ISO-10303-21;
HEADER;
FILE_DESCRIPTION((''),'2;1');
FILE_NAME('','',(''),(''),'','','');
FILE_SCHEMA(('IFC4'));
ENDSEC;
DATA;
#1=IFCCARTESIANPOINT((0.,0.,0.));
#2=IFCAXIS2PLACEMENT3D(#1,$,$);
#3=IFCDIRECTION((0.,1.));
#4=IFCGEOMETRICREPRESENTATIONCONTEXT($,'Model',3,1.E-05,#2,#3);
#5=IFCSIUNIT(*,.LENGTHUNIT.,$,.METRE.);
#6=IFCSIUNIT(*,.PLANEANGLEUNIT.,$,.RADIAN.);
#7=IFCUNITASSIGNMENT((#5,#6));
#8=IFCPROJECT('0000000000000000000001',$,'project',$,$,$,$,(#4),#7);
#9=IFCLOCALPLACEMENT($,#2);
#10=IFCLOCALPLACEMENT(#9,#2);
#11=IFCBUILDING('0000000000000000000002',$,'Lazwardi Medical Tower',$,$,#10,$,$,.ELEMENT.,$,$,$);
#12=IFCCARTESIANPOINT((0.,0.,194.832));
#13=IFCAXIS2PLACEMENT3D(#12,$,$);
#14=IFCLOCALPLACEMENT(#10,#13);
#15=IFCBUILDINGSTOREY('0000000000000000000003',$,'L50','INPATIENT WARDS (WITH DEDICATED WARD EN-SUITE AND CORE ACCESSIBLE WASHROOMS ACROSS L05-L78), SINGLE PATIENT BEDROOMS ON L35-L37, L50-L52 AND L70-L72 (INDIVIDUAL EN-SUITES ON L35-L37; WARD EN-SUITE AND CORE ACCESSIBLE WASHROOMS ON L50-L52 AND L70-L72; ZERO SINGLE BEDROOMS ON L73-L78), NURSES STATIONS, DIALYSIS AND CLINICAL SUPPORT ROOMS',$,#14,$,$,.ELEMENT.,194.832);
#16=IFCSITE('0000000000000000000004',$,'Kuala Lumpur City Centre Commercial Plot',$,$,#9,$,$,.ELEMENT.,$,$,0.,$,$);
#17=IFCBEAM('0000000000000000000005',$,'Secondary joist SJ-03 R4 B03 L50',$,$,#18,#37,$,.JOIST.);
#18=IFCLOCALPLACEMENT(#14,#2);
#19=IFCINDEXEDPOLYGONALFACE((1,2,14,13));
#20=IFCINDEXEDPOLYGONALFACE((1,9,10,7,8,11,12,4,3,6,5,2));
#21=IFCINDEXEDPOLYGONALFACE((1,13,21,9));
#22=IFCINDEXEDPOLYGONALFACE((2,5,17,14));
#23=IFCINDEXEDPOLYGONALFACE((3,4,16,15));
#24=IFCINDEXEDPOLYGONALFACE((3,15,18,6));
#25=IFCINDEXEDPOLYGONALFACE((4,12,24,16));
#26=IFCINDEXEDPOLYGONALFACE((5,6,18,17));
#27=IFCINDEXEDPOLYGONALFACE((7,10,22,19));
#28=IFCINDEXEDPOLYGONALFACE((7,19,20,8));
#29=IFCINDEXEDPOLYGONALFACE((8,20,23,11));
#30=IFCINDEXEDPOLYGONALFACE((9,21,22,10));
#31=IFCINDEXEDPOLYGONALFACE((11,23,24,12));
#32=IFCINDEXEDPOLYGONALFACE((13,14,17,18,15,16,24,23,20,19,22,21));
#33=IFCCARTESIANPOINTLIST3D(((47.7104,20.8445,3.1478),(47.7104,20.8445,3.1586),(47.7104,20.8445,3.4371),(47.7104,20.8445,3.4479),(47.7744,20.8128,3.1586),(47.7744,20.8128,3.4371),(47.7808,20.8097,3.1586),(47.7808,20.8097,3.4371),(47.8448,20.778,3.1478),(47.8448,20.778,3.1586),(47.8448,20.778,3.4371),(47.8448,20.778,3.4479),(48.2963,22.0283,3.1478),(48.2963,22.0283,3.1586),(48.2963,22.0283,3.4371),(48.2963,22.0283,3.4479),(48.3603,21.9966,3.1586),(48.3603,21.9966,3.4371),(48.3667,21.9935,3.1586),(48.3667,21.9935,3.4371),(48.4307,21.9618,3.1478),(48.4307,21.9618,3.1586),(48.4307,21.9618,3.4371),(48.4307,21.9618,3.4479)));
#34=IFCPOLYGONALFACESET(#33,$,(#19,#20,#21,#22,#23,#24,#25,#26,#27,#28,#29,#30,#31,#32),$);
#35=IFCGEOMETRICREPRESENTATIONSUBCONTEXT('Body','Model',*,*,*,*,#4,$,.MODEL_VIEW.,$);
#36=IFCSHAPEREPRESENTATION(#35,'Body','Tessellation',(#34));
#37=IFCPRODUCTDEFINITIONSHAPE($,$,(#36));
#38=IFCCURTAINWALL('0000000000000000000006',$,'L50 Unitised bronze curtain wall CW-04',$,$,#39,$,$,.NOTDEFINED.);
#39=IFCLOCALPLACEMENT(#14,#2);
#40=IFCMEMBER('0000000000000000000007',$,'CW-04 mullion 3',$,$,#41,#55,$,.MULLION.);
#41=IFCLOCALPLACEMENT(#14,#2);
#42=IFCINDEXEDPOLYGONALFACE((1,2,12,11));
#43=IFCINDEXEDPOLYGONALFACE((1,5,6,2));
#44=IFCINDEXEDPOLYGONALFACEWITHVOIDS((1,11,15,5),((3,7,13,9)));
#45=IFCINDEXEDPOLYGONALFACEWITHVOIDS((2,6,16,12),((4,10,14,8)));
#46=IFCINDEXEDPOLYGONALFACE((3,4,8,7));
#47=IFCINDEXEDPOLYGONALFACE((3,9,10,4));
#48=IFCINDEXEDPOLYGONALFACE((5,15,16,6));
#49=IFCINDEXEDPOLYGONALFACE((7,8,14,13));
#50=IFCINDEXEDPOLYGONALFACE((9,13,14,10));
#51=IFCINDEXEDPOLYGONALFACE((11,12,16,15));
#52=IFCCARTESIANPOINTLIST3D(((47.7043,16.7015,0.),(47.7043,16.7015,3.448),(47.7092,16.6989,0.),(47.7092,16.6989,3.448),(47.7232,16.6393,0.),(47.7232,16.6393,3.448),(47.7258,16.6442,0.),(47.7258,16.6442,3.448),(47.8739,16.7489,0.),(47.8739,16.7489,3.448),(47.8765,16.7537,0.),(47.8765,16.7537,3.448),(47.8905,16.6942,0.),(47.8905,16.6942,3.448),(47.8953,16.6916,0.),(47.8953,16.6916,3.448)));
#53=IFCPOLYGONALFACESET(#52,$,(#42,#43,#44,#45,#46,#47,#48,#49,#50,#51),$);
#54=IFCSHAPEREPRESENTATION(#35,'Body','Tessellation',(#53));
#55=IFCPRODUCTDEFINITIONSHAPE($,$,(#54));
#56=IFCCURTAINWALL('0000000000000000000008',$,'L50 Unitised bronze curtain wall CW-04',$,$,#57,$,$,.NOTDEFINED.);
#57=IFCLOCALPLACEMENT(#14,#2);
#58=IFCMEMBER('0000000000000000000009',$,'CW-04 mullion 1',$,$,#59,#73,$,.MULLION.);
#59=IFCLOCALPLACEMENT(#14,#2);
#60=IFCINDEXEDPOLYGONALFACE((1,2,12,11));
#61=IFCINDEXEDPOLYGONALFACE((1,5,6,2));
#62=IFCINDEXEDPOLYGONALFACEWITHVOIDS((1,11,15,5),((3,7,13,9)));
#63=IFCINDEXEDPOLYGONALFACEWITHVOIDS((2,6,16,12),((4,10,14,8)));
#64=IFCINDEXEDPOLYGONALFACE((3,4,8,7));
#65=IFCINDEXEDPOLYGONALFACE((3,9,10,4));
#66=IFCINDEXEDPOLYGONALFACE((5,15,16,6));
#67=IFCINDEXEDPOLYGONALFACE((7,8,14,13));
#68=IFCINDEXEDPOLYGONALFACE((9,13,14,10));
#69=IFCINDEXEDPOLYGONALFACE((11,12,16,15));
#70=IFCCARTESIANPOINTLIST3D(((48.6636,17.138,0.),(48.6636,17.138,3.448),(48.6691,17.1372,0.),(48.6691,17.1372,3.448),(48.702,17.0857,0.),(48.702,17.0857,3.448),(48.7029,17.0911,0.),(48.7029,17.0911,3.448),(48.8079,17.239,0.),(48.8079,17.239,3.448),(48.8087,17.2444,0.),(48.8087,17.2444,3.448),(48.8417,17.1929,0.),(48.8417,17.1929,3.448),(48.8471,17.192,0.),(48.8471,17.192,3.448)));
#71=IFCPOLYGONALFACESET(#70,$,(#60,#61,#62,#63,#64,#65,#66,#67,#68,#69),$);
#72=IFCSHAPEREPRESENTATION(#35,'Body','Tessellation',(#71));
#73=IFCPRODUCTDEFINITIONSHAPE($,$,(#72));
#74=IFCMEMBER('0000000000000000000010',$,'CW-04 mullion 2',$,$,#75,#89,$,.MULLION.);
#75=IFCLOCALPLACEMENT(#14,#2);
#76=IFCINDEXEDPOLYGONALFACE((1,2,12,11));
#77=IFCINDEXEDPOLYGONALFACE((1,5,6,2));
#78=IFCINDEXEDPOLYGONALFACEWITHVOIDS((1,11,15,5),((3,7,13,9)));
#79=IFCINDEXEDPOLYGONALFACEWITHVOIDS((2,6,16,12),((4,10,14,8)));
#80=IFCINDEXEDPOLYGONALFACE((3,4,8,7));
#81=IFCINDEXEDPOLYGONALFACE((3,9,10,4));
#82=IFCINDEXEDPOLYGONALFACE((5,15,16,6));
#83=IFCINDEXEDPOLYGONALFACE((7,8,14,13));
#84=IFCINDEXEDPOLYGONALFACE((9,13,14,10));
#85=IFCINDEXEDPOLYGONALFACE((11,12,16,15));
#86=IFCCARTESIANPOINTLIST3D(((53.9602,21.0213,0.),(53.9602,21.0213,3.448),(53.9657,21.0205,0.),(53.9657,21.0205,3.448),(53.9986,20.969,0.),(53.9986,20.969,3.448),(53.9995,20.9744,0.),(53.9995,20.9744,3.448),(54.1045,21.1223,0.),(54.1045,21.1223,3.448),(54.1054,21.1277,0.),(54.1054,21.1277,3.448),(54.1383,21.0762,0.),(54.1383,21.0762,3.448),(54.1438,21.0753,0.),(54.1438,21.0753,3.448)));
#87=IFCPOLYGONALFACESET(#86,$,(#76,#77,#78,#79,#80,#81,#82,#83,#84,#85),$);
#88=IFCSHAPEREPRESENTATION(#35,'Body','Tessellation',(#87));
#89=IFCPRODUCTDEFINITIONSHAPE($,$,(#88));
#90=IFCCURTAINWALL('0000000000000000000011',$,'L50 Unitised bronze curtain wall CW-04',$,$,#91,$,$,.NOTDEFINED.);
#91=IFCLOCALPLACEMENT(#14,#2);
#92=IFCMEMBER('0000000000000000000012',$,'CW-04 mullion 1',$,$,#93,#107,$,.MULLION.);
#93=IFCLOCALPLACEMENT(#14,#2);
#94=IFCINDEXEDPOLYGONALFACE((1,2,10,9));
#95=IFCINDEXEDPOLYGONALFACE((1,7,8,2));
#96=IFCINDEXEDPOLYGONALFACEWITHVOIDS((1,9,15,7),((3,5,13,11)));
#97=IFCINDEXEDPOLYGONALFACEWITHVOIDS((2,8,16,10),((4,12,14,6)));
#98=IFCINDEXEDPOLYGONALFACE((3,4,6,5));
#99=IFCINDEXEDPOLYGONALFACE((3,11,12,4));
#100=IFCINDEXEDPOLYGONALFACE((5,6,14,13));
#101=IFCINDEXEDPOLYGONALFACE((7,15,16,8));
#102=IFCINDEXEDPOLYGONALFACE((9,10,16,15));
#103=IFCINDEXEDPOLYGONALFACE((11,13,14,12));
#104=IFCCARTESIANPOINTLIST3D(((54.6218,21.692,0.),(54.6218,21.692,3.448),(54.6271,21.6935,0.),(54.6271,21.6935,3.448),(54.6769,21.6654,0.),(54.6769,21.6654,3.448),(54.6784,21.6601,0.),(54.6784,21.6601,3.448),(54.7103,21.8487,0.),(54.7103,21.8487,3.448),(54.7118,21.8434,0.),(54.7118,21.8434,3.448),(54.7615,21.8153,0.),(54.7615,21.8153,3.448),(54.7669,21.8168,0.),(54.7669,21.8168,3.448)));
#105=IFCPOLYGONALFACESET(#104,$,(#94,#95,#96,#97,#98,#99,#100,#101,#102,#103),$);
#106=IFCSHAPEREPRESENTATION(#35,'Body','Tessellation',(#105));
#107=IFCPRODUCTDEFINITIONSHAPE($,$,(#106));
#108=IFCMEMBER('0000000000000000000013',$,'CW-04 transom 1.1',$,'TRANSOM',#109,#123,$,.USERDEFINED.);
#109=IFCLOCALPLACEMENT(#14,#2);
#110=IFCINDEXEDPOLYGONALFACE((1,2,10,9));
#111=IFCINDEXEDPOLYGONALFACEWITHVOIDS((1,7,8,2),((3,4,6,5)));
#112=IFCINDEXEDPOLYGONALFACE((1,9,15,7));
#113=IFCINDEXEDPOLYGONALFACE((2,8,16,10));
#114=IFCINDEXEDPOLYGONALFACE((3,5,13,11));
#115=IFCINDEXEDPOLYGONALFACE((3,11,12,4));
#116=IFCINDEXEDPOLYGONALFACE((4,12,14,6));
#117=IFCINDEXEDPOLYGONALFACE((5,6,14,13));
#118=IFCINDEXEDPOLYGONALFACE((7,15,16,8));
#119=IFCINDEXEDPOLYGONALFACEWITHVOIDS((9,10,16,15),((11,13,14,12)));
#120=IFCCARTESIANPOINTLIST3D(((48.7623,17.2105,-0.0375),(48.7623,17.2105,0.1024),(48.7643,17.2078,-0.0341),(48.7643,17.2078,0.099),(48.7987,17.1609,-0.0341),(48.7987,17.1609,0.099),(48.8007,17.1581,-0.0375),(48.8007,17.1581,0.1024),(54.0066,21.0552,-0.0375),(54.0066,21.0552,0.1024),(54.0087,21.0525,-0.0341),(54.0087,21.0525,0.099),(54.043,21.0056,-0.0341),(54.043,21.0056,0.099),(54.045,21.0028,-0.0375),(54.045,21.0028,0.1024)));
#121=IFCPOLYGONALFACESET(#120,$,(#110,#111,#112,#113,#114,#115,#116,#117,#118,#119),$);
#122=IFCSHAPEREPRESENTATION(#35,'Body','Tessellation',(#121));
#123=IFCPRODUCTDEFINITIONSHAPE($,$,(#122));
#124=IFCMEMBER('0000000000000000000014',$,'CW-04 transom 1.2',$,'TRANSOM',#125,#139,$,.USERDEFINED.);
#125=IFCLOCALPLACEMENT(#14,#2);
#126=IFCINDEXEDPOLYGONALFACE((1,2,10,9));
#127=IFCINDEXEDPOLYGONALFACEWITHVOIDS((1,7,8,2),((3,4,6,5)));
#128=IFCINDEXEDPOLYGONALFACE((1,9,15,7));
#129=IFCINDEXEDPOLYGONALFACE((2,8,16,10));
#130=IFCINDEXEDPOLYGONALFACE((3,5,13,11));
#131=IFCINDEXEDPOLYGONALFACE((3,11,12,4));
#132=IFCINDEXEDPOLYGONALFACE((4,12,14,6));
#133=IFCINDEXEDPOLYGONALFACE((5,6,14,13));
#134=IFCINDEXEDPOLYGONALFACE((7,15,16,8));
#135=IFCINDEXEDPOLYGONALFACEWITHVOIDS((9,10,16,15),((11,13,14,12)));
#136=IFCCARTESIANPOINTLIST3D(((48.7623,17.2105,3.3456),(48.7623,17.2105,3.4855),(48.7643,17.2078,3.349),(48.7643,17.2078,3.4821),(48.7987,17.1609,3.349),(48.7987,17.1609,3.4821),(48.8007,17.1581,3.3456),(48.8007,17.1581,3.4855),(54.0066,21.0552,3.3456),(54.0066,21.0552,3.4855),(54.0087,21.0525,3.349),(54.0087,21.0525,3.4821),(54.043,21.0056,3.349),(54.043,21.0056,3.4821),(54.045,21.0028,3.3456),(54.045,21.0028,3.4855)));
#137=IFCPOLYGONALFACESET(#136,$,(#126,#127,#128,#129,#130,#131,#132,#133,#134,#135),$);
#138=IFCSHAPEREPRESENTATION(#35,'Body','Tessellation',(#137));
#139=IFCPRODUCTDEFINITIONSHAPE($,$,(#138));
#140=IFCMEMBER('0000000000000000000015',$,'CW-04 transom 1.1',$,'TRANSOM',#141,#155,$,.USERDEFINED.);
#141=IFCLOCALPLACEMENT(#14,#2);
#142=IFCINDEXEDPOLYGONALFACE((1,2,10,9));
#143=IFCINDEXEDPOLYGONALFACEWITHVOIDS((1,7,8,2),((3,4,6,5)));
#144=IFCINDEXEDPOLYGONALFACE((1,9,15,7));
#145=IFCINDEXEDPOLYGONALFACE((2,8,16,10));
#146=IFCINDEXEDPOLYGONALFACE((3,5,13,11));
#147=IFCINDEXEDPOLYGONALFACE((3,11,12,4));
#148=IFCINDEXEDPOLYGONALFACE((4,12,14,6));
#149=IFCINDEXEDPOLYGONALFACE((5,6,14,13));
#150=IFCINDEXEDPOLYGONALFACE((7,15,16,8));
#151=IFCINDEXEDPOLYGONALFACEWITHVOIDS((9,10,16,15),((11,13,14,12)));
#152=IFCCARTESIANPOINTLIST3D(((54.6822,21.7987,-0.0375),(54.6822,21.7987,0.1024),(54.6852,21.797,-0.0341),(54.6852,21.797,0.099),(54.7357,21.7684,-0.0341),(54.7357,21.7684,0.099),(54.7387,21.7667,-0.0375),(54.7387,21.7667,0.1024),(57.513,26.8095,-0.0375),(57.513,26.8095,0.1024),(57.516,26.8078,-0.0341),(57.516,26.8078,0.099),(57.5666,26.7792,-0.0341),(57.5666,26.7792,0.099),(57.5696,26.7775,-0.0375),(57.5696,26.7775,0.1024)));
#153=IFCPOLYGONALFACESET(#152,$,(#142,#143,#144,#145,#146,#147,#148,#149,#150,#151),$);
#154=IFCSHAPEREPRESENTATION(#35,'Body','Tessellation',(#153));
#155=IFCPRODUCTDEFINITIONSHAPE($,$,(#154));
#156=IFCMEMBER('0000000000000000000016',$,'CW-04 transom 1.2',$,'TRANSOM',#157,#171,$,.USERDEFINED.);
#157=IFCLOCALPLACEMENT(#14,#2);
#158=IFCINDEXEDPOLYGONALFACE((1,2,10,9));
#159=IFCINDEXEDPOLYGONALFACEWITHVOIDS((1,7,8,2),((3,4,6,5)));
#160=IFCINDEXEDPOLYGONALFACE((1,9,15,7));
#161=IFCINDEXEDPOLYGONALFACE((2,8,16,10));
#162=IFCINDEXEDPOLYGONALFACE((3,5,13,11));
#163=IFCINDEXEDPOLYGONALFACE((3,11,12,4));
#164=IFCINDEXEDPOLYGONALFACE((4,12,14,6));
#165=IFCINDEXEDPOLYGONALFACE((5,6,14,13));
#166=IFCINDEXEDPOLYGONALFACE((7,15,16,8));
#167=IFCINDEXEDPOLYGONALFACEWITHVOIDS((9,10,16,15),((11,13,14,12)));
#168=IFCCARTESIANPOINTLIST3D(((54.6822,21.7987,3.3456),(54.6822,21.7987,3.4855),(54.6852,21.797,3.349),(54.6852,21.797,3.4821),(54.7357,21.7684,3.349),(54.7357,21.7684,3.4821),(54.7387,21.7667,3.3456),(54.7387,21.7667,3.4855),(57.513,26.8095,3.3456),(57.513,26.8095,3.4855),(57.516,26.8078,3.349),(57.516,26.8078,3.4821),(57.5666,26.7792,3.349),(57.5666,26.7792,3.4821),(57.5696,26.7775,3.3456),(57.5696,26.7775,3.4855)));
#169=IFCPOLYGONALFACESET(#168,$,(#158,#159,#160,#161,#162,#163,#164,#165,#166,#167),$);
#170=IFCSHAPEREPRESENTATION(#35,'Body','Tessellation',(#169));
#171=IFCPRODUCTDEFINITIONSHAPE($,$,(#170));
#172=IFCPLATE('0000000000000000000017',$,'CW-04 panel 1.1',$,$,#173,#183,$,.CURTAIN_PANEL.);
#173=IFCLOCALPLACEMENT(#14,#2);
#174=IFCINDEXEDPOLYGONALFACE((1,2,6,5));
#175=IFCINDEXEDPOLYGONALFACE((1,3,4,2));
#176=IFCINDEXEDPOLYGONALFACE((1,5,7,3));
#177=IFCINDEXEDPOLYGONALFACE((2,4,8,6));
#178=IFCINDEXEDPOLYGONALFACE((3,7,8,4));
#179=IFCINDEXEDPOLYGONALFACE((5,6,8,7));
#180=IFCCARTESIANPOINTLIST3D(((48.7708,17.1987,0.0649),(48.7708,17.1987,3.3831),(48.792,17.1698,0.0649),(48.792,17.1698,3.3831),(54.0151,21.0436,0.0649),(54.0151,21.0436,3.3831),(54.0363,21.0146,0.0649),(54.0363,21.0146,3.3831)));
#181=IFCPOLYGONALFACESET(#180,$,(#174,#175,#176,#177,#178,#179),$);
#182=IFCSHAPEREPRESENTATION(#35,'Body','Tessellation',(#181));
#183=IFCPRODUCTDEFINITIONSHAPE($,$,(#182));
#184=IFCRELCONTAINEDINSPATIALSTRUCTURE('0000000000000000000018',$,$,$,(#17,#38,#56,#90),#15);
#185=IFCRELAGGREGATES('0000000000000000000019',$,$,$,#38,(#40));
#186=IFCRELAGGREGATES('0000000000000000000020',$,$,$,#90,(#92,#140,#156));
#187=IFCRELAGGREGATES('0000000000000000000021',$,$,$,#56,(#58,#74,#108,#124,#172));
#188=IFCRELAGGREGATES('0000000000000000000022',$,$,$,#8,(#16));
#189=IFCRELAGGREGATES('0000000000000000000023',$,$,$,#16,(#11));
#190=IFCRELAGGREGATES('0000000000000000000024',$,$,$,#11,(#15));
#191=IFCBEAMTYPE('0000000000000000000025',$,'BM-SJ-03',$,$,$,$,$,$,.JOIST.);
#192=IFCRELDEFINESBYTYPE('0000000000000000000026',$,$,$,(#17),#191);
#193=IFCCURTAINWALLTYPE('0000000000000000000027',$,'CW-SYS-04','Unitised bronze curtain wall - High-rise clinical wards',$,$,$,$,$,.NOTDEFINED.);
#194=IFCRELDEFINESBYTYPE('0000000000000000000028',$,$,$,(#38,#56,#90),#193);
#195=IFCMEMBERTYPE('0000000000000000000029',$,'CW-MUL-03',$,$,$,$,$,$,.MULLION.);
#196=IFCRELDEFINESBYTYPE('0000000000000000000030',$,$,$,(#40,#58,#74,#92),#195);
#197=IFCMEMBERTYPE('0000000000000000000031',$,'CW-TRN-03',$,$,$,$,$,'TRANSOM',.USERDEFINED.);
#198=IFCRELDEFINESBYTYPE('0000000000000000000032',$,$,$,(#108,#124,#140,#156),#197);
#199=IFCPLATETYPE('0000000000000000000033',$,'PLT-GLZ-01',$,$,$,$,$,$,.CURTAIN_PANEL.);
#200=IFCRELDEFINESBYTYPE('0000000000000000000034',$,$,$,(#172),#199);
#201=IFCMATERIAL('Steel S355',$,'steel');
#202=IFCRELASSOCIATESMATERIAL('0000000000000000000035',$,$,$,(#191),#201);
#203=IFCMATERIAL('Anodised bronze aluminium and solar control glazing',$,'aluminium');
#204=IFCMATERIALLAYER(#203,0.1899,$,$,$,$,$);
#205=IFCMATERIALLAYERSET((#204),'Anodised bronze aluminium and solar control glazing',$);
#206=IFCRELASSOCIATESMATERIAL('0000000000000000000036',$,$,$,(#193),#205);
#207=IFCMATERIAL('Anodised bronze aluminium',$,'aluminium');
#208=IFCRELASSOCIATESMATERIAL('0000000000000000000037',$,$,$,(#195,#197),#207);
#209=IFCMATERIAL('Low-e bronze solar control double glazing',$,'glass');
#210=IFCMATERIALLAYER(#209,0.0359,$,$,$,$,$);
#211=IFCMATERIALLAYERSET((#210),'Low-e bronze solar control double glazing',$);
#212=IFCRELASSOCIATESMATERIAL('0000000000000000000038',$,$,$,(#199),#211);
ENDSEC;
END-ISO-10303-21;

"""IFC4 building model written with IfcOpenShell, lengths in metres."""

from ifc_helpers import new_model, si_unit, direction, frame, origin, origin_2d, place, context, subcontext, project, spatial, rectangle, hollow_rectangle, i_section, extrude, material, layer, layer_set, material_profile, profile_set, type_object, element, aggregate, save


model = new_model("IFC4")

# Units and contexts
model_context = context("Model", 3, precision=1e-05, world=origin(), true_north=direction((0.0, 1.0)))
body_context = subcontext(model_context, "Body", "Model", "MODEL_VIEW")
ifc_project = project(units=[si_unit("LENGTHUNIT", "METRE"), si_unit("PLANEANGLEUNIT", "RADIAN")], contexts=[model_context])

# Site, building, storey
site_placement = place(None, origin())
site = spatial("IfcSite", under=ifc_project, at=site_placement, Name="Kuala Lumpur City Centre Commercial Plot", CompositionType="ELEMENT", RefElevation=0.0)
building_placement = place(site_placement, origin())
building = spatial("IfcBuilding", under=site, at=building_placement, Name="Lazwardi Medical Tower", CompositionType="ELEMENT")
storey_placement = place(building_placement, frame((0.0, 0.0, 194.832)))
storey = spatial("IfcBuildingStorey", under=building, at=storey_placement, Name="L50", Description="INPATIENT WARDS (WITH DEDICATED WARD EN-SUITE AND CORE ACCESSIBLE WASHROOMS ACROSS L05-L78), SINGLE PATIENT BEDROOMS ON L35-L37, L50-L52 AND L70-L72 (INDIVIDUAL EN-SUITES ON L35-L37; WARD EN-SUITE AND CORE ACCESSIBLE WASHROOMS ON L50-L52 AND L70-L72; ZERO SINGLE BEDROOMS ON L73-L78), NURSES STATIONS, DIALYSIS AND CLINICAL SUPPORT ROOMS", CompositionType="ELEMENT", Elevation=194.832)

# Beam
ifc_material_1 = material(Name="Steel S355", Category="steel")
ifc_material_profile_1 = material_profile(ifc_material_1, i_section(OverallWidth=0.1499, OverallDepth=0.3, WebThickness=0.0071, FlangeThickness=0.0107, at=origin_2d()), Name="IPE 300")
ifc_profile_set_1 = profile_set([ifc_material_profile_1], Name="Steel S355")
beam_type_1 = type_object("IfcBeamType", Name="BM-SJ-03", PredefinedType="JOIST", material=ifc_profile_set_1)
beam_1_placement = place(storey_placement, frame((47.7776, 20.8113, 3.2979), z_axis=(0.443587, 0.896231, 0.0), x_axis=(-0.896231, 0.443587, 0.0)))
element("IfcBeam", 1, at=beam_1_placement, inside=storey, type_object=beam_type_1, Name="Secondary joist SJ-03 R4 B03 L50", PredefinedType="JOIST", context=body_context, shape_type="SweptSolid", body=[
    extrude(i_section(OverallWidth=0.1499, OverallDepth=0.3, WebThickness=0.0071, FlangeThickness=0.0107, at=origin_2d()), origin(), (0.0, 0.0, 1.0), 1.3208),
])

# Curtain wall, member
ifc_material_2 = material(Name="Anodised bronze aluminium and solar control glazing", Category="aluminium")
ifc_layer_1 = layer(ifc_material_2, 0.1899)
ifc_layer_set_1 = layer_set([ifc_layer_1], Name="Anodised bronze aluminium and solar control glazing")
curtain_wall_type = type_object("IfcCurtainWallType", Name="CW-SYS-04", Description="Unitised bronze curtain wall - High-rise clinical wards", PredefinedType="NOTDEFINED", material=ifc_layer_set_1)
curtain_wall_1_placement = place(storey_placement, origin())
curtain_wall_1 = element("IfcCurtainWall", 2, at=curtain_wall_1_placement, inside=storey, type_object=curtain_wall_type, Name="L50 Unitised bronze curtain wall CW-04", PredefinedType="NOTDEFINED")
ifc_material_3 = material(Name="Anodised bronze aluminium", Category="aluminium")
ifc_material_profile_2 = material_profile(ifc_material_3, hollow_rectangle(XDim=0.0649, YDim=0.1799, WallThickness=0.0039, at=origin_2d()), Name="ALU-MULLION 180x65x4")
ifc_profile_set_2 = profile_set([ifc_material_profile_2], Name="Anodised bronze aluminium")
member_type_1 = type_object("IfcMemberType", Name="CW-MUL-03", PredefinedType="MULLION", material=ifc_profile_set_2)
member_1_placement = place(storey_placement, frame((47.7998, 16.6965, 0.0), z_axis=(0.0, 0.0, 1.0), x_axis=(-0.290582, 0.95685, 0.0)))
member_1 = element("IfcMember", 3, at=member_1_placement, type_object=member_type_1, Name="CW-04 mullion 3", PredefinedType="MULLION", context=body_context, shape_type="SweptSolid", body=[
    extrude(hollow_rectangle(XDim=0.0649, YDim=0.1799, WallThickness=0.0039, at=origin_2d()), origin(), (0.0, 0.0, 1.0), 3.448),
])
aggregate(curtain_wall_1, [member_1])

# Curtain wall, members
curtain_wall_2_placement = place(storey_placement, origin())
curtain_wall_2 = element("IfcCurtainWall", 4, at=curtain_wall_2_placement, inside=storey, type_object=curtain_wall_type, Name="L50 Unitised bronze curtain wall CW-04", PredefinedType="NOTDEFINED")
member_2_placement = place(storey_placement, frame((48.7554, 17.165, 0.0), z_axis=(0.0, 0.0, 1.0), x_axis=(-0.591268, 0.806475, 0.0)))
member_2 = element("IfcMember", 5, at=member_2_placement, type_object=member_type_1, Name="CW-04 mullion 1", PredefinedType="MULLION", context=body_context, shape_type="SweptSolid", body=[
    extrude(hollow_rectangle(XDim=0.0649, YDim=0.1799, WallThickness=0.0039, at=origin_2d()), origin(), (0.0, 0.0, 1.0), 3.448),
])
member_3_placement = place(storey_placement, frame((54.052, 21.0483, 0.0), z_axis=(0.0, 0.0, 1.0), x_axis=(-0.591268, 0.806475, 0.0)))
member_3 = element("IfcMember", 6, at=member_3_placement, type_object=member_type_1, Name="CW-04 mullion 2", PredefinedType="MULLION", context=body_context, shape_type="SweptSolid", body=[
    extrude(hollow_rectangle(XDim=0.0649, YDim=0.1799, WallThickness=0.0039, at=origin_2d()), origin(), (0.0, 0.0, 1.0), 3.448),
])

# Curtain wall, member
curtain_wall_3_placement = place(storey_placement, origin())
curtain_wall_3 = element("IfcCurtainWall", 7, at=curtain_wall_3_placement, inside=storey, type_object=curtain_wall_type, Name="L50 Unitised bronze curtain wall CW-04", PredefinedType="NOTDEFINED")
member_4_placement = place(storey_placement, frame((54.6943, 21.7544, 0.0), z_axis=(0.0, 0.0, 1.0), x_axis=(-0.870651, 0.4919, 0.0)))
member_4 = element("IfcMember", 8, at=member_4_placement, type_object=member_type_1, Name="CW-04 mullion 1", PredefinedType="MULLION", context=body_context, shape_type="SweptSolid", body=[
    extrude(hollow_rectangle(XDim=0.0649, YDim=0.1799, WallThickness=0.0039, at=origin_2d()), origin(), (0.0, 0.0, 1.0), 3.448),
])

# Members
ifc_material_profile_3 = material_profile(ifc_material_3, hollow_rectangle(XDim=0.0649, YDim=0.1399, WallThickness=0.0034, at=origin_2d()), Name="ALU-TRANSOM 140x65x3.5")
ifc_profile_set_3 = profile_set([ifc_material_profile_3], Name="Anodised bronze aluminium")
member_type_2 = type_object("IfcMemberType", Name="CW-TRN-03", ElementType="TRANSOM", PredefinedType="USERDEFINED", material=ifc_profile_set_3)
member_5_placement = place(storey_placement, frame((48.7815, 17.1843, 0.0325), z_axis=(0.80649, 0.591248, 0.0), x_axis=(-0.591248, 0.80649, 0.0)))
member_5 = element("IfcMember", 9, at=member_5_placement, type_object=member_type_2, Name="CW-04 transom 1.1", ObjectType="TRANSOM", PredefinedType="USERDEFINED", context=body_context, shape_type="SweptSolid", body=[
    extrude(hollow_rectangle(XDim=0.0649, YDim=0.1399, WallThickness=0.0034, at=origin_2d()), origin(), (0.0, 0.0, 1.0), 6.5027),
])
member_6_placement = place(storey_placement, frame((48.7815, 17.1843, 3.4155), z_axis=(0.80649, 0.591248, 0.0), x_axis=(-0.591248, 0.80649, 0.0)))
member_6 = element("IfcMember", 10, at=member_6_placement, type_object=member_type_2, Name="CW-04 transom 1.2", ObjectType="TRANSOM", PredefinedType="USERDEFINED", context=body_context, shape_type="SweptSolid", body=[
    extrude(hollow_rectangle(XDim=0.0649, YDim=0.1399, WallThickness=0.0034, at=origin_2d()), origin(), (0.0, 0.0, 1.0), 6.5027),
])
member_7_placement = place(storey_placement, frame((54.7104, 21.7827, 0.0325), z_axis=(0.49188, 0.870663, 0.0), x_axis=(-0.870663, 0.49188, 0.0)))
member_7 = element("IfcMember", 11, at=member_7_placement, type_object=member_type_2, Name="CW-04 transom 1.1", ObjectType="TRANSOM", PredefinedType="USERDEFINED", context=body_context, shape_type="SweptSolid", body=[
    extrude(hollow_rectangle(XDim=0.0649, YDim=0.1399, WallThickness=0.0034, at=origin_2d()), origin(), (0.0, 0.0, 1.0), 5.7551),
])
member_8_placement = place(storey_placement, frame((54.7104, 21.7827, 3.4155), z_axis=(0.49188, 0.870663, 0.0), x_axis=(-0.870663, 0.49188, 0.0)))
member_8 = element("IfcMember", 12, at=member_8_placement, type_object=member_type_2, Name="CW-04 transom 1.2", ObjectType="TRANSOM", PredefinedType="USERDEFINED", context=body_context, shape_type="SweptSolid", body=[
    extrude(hollow_rectangle(XDim=0.0649, YDim=0.1399, WallThickness=0.0034, at=origin_2d()), origin(), (0.0, 0.0, 1.0), 5.7551),
])
aggregate(curtain_wall_3, [member_4, member_7, member_8])

# Plate
ifc_material_4 = material(Name="Low-e bronze solar control double glazing", Category="glass")
ifc_layer_2 = layer(ifc_material_4, 0.0359)
ifc_layer_set_2 = layer_set([ifc_layer_2], Name="Low-e bronze solar control double glazing")
plate_type = type_object("IfcPlateType", Name="PLT-GLZ-01", PredefinedType="CURTAIN_PANEL", material=ifc_layer_set_2)
plate_placement = place(storey_placement, frame((51.4036, 19.1067, 0.0649), z_axis=(0.0, 0.0, 1.0), x_axis=(0.806475, 0.591268, 0.0)))
plate = element("IfcPlate", 13, at=plate_placement, type_object=plate_type, Name="CW-04 panel 1.1", PredefinedType="CURTAIN_PANEL", context=body_context, shape_type="SweptSolid", body=[
    extrude(rectangle(XDim=6.5027, YDim=0.0359, at=origin_2d()), origin(), (0.0, 0.0, 1.0), 3.3181),
])
aggregate(curtain_wall_2, [member_2, member_3, member_5, member_6, plate])

save(model, "model.ifc")
